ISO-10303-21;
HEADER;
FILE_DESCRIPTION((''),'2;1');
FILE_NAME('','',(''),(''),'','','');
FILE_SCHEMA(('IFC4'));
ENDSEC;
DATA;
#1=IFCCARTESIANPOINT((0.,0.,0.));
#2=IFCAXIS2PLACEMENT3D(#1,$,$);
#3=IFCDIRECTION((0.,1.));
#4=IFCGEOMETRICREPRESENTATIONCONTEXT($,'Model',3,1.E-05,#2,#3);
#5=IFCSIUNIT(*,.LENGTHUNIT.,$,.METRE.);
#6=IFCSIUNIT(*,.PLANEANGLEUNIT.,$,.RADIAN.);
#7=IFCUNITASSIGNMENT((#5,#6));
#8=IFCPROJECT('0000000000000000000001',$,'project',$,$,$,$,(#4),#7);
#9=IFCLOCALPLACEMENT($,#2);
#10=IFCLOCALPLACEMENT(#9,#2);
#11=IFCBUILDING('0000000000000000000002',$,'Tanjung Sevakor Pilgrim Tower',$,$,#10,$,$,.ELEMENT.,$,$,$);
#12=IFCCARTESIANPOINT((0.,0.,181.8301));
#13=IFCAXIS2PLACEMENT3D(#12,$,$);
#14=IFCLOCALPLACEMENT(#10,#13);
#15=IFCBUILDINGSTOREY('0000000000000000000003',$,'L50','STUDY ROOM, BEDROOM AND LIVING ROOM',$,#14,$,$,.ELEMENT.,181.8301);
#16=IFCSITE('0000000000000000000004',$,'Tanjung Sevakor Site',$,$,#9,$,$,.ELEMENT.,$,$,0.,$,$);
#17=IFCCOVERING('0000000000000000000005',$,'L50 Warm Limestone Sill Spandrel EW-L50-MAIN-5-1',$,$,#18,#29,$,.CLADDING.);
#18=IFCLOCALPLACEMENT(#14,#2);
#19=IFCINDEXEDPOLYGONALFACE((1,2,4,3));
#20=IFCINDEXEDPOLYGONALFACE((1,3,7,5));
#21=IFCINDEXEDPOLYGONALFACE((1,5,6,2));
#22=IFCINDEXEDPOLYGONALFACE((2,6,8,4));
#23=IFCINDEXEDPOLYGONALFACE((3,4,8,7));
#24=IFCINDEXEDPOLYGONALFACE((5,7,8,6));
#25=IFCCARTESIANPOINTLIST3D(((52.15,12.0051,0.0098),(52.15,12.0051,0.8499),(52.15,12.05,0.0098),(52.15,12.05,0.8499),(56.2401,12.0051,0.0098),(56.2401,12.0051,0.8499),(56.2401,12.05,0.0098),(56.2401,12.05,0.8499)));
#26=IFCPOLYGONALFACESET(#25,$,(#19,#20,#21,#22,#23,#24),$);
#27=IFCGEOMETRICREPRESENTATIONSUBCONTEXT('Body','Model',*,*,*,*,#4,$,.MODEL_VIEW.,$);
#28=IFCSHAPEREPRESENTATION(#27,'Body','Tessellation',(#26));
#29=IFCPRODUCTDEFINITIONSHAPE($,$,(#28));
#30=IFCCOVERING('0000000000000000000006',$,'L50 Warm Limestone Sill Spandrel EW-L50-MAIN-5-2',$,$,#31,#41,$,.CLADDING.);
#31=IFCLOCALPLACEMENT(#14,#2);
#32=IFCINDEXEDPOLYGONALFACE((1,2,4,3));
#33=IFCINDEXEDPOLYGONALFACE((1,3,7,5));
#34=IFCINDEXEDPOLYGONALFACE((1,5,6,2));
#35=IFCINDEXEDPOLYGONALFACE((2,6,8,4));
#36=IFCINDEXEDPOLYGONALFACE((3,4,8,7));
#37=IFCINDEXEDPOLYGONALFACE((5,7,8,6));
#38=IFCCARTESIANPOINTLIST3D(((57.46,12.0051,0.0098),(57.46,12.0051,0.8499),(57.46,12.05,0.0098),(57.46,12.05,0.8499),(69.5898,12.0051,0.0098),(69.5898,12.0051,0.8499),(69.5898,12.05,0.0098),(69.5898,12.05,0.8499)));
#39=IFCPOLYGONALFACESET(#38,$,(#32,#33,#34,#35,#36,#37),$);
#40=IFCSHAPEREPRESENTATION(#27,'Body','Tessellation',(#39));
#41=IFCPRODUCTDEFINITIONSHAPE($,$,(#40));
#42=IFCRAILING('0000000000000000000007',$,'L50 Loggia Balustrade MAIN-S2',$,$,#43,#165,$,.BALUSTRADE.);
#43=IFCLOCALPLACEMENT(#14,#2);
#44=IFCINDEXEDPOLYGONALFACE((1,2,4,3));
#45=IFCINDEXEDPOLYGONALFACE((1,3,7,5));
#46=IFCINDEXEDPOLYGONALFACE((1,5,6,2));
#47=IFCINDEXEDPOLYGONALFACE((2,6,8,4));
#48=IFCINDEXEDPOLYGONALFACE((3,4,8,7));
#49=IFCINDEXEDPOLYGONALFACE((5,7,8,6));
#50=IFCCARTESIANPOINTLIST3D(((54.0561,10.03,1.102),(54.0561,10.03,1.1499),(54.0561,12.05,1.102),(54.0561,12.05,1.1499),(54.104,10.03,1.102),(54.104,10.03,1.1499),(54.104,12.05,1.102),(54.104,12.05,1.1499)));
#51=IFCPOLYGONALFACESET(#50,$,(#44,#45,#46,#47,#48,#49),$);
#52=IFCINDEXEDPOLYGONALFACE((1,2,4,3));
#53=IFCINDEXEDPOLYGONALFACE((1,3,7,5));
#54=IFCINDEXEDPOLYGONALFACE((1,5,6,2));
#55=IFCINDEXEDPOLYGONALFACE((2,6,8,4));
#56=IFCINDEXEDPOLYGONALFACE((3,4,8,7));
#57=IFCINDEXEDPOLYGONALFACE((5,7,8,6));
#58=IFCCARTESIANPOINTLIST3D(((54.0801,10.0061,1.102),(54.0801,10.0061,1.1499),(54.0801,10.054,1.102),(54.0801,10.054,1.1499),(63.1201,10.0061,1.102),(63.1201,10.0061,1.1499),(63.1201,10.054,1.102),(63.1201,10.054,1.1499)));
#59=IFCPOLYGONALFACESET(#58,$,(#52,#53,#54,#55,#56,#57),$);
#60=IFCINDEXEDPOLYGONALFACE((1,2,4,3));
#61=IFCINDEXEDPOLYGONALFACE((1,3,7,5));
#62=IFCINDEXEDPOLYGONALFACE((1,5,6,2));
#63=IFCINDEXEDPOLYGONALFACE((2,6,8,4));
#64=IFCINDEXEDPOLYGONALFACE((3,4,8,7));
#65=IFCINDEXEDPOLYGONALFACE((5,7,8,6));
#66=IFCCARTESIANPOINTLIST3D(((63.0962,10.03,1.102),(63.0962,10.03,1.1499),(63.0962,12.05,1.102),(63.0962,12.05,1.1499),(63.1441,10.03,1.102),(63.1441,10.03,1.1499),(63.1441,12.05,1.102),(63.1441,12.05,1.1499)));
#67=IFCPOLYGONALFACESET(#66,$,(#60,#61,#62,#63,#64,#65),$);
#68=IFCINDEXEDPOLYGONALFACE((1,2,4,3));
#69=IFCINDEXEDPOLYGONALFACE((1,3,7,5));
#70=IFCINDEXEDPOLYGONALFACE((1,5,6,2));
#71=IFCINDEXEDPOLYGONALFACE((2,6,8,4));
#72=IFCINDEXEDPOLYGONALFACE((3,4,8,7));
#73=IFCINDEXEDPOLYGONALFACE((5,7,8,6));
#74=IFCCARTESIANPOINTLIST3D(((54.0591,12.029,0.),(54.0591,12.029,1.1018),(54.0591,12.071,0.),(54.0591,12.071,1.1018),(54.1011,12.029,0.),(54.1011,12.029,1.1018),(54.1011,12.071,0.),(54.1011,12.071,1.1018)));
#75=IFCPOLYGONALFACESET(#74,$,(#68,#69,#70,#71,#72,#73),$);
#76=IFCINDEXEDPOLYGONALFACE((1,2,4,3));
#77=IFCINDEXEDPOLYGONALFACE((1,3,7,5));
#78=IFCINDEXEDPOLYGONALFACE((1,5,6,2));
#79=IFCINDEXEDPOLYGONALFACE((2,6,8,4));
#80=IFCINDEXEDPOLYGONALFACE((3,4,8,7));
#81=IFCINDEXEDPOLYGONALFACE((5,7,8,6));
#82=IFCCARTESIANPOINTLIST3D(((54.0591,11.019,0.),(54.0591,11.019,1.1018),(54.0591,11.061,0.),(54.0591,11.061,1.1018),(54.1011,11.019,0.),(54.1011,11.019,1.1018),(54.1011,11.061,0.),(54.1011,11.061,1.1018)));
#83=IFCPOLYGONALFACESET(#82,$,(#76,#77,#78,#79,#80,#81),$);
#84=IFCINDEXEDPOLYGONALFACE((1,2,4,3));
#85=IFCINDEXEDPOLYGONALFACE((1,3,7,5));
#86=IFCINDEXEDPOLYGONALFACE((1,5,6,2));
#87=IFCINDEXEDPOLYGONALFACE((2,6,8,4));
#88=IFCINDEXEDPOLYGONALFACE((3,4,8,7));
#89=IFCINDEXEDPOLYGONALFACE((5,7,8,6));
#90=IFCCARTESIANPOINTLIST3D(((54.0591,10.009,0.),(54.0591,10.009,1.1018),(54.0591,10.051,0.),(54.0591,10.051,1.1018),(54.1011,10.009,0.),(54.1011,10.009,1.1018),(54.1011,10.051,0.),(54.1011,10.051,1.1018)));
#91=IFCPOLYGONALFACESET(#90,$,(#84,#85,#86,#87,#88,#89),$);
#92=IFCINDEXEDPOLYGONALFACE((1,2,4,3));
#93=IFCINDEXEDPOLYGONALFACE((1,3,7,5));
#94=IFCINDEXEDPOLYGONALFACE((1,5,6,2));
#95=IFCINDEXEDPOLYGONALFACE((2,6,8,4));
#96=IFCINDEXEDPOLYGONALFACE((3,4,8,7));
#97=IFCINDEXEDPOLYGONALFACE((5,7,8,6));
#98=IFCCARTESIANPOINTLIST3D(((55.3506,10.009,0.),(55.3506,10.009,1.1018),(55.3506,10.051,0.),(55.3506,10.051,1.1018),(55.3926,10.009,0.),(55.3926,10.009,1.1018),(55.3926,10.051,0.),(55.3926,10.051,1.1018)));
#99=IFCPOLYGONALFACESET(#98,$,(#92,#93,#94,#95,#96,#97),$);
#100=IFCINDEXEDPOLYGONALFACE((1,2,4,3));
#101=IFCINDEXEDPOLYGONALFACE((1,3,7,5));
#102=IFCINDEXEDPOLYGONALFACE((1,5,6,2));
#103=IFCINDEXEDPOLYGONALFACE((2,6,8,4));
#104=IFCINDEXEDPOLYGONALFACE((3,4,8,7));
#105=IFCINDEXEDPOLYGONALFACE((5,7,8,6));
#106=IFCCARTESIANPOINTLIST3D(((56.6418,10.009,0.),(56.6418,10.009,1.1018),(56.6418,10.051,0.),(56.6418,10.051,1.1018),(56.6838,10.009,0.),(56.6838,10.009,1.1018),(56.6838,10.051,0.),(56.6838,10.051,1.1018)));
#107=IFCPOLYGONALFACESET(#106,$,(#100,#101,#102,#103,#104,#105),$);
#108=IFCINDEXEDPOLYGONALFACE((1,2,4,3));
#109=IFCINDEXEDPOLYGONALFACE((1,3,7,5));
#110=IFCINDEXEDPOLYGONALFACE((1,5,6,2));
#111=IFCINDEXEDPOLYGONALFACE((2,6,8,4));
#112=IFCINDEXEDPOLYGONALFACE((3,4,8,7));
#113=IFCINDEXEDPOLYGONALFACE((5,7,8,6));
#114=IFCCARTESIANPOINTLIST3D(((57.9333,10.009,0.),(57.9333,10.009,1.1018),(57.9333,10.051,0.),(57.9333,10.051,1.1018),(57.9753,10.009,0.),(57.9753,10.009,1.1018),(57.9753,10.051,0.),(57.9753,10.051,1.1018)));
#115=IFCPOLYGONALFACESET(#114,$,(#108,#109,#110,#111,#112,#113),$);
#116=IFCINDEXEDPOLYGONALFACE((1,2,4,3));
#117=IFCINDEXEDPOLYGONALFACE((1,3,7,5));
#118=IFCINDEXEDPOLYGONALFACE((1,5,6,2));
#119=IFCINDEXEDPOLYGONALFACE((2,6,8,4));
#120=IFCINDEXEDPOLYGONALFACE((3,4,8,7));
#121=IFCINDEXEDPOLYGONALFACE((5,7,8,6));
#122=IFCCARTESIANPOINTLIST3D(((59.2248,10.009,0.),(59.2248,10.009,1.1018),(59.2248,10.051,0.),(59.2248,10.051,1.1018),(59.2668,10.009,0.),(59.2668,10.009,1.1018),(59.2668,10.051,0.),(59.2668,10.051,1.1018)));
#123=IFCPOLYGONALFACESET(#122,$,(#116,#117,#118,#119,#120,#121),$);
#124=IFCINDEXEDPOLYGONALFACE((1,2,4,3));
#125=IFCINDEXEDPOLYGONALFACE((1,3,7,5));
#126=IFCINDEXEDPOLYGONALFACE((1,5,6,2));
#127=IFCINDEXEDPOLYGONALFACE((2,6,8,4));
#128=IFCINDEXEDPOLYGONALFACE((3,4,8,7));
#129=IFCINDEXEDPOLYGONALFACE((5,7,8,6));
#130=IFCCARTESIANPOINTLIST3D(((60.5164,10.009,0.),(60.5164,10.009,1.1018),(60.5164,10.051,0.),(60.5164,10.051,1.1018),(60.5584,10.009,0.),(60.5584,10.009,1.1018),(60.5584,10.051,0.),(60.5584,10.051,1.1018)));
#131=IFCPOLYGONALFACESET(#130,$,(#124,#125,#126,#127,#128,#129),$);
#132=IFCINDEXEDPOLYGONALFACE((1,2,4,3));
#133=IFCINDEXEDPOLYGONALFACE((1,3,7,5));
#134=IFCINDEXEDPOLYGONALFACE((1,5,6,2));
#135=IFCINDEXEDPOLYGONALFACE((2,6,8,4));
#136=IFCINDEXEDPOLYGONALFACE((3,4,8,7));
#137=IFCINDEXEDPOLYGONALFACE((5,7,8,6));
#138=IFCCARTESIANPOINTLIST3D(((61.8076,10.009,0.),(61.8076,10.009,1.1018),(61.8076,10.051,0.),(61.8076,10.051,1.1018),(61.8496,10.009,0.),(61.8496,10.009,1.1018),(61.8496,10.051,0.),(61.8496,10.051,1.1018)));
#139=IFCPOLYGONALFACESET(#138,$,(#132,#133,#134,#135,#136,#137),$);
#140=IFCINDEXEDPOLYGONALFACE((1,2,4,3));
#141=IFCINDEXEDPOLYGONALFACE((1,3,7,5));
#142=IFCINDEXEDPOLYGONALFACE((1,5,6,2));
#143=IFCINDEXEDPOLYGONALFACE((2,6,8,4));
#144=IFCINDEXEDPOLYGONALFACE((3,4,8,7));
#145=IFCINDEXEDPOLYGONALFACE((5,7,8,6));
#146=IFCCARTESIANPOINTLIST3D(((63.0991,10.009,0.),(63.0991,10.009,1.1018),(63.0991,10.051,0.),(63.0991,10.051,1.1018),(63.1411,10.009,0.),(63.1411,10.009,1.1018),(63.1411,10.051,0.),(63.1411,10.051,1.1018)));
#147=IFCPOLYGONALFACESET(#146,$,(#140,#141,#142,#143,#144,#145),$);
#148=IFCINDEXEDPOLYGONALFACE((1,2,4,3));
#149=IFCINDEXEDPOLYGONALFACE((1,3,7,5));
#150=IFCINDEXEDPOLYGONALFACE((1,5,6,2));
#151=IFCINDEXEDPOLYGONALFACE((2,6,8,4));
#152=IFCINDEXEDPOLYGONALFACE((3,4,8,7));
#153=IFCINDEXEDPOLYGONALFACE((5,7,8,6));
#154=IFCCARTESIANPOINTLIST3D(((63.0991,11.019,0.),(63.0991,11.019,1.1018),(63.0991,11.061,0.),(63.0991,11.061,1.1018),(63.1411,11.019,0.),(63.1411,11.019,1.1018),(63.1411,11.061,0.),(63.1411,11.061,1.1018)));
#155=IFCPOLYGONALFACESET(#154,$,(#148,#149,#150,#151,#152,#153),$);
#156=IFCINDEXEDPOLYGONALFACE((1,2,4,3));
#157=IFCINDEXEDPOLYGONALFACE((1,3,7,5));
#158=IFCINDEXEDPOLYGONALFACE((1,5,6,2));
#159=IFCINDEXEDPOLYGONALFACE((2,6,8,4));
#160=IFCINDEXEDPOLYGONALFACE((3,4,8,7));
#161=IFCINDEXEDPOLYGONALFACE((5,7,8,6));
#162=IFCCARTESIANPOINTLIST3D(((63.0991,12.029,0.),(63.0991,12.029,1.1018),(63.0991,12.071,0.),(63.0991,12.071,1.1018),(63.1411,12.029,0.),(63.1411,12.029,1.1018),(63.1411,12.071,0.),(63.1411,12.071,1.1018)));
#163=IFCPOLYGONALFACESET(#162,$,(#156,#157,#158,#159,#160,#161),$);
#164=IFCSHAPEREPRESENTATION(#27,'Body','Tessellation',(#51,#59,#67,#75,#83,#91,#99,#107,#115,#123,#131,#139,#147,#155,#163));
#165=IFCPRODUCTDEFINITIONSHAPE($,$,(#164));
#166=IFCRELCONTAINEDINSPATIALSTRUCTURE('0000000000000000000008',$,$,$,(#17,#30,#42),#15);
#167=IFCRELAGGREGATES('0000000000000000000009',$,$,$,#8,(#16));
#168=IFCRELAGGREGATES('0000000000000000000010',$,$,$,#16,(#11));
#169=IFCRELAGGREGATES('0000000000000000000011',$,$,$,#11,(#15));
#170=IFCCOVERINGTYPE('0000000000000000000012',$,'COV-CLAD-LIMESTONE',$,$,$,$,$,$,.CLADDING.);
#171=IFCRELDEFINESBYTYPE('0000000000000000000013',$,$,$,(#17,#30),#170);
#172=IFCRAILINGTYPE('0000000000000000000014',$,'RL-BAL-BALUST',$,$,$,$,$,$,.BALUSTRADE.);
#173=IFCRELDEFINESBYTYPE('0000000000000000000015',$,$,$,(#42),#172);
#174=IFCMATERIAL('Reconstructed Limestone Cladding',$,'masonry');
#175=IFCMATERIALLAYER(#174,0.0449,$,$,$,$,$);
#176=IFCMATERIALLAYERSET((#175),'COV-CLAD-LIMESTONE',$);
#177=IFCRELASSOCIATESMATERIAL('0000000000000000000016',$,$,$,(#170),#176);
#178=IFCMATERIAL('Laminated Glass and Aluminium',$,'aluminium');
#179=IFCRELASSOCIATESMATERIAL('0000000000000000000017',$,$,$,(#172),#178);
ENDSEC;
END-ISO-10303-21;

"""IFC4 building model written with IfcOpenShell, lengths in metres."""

from ifc_helpers import new_model, si_unit, direction, frame, origin, origin_2d, place, context, subcontext, project, spatial, rectangle, extrude, material, layer, layer_set, type_object, element, save


model = new_model("IFC4")

# Units and contexts
model_context = context("Model", 3, precision=1e-05, world=origin(), true_north=direction((0.0, 1.0)))
body_context = subcontext(model_context, "Body", "Model", "MODEL_VIEW")
ifc_project = project(units=[si_unit("LENGTHUNIT", "METRE"), si_unit("PLANEANGLEUNIT", "RADIAN")], contexts=[model_context])

# Site, building, storey
site_placement = place(None, origin())
site = spatial("IfcSite", under=ifc_project, at=site_placement, Name="Tanjung Sevakor Site", CompositionType="ELEMENT", RefElevation=0.0)
building_placement = place(site_placement, origin())
building = spatial("IfcBuilding", under=site, at=building_placement, Name="Tanjung Sevakor Pilgrim Tower", CompositionType="ELEMENT")
storey_placement = place(building_placement, frame((0.0, 0.0, 181.8301)))
storey = spatial("IfcBuildingStorey", under=building, at=storey_placement, Name="L50", Description="STUDY ROOM, BEDROOM AND LIVING ROOM", CompositionType="ELEMENT", Elevation=181.8301)

# Coverings
ifc_material_1 = material(Name="Reconstructed Limestone Cladding", Category="masonry")
ifc_layer_1 = layer(ifc_material_1, 0.0449)
ifc_layer_set_1 = layer_set([ifc_layer_1], Name="COV-CLAD-LIMESTONE")
covering_type = type_object("IfcCoveringType", Name="COV-CLAD-LIMESTONE", PredefinedType="CLADDING", material=ifc_layer_set_1)
covering_1_placement = place(storey_placement, frame((54.1951, 12.0276, 0.0098), z_axis=(0.0, 0.0, 1.0), x_axis=(1.0, 0.0, 0.0)))
element("IfcCovering", 1, at=covering_1_placement, inside=storey, type_object=covering_type, Name="L50 Warm Limestone Sill Spandrel EW-L50-MAIN-5-1", PredefinedType="CLADDING", context=body_context, shape_type="SweptSolid", body=[
    extrude(rectangle(XDim=4.0901, YDim=0.0449, at=origin_2d()), origin(), (0.0, 0.0, 1.0), 0.8401),
])
covering_2_placement = place(storey_placement, frame((63.5249, 12.0276, 0.0098), z_axis=(0.0, 0.0, 1.0), x_axis=(1.0, 0.0, 0.0)))
element("IfcCovering", 2, at=covering_2_placement, inside=storey, type_object=covering_type, Name="L50 Warm Limestone Sill Spandrel EW-L50-MAIN-5-2", PredefinedType="CLADDING", context=body_context, shape_type="SweptSolid", body=[
    extrude(rectangle(XDim=12.1299, YDim=0.0449, at=origin_2d()), origin(), (0.0, 0.0, 1.0), 0.8401),
])

# Railing
ifc_material_2 = material(Name="Laminated Glass and Aluminium", Category="aluminium")
railing_type = type_object("IfcRailingType", Name="RL-BAL-BALUST", PredefinedType="BALUSTRADE", material=ifc_material_2)
railing_1_placement = place(storey_placement, frame((54.0801, 12.05, 0.0)))
element("IfcRailing", 3, at=railing_1_placement, inside=storey, type_object=railing_type, Name="L50 Loggia Balustrade MAIN-S2", PredefinedType="BALUSTRADE", context=body_context, shape_type="SweptSolid", body=[
    extrude(rectangle(XDim=0.0479, YDim=0.0479), frame((0.0, 0.0, 1.126), z_axis=(0.0, -1.0, 0.0), x_axis=(1.0, 0.0, 0.0)), (0.0, 0.0, 1.0), 2.02),
    extrude(rectangle(XDim=0.0479, YDim=0.0479), frame((0.0, -2.02, 1.126), z_axis=(1.0, 0.0, 0.0), x_axis=(0.0, 1.0, 0.0)), (0.0, 0.0, 1.0), 9.04),
    extrude(rectangle(XDim=0.0479, YDim=0.0479), frame((9.04, -2.02, 1.126), z_axis=(0.0, 1.0, 0.0), x_axis=(-1.0, 0.0, 0.0)), (0.0, 0.0, 1.0), 2.02),
    extrude(rectangle(XDim=0.042, YDim=0.042), origin(), (0.0, 0.0, 1.0), 1.1018),
    extrude(rectangle(XDim=0.042, YDim=0.042), frame((0.0, -1.01, 0.0)), (0.0, 0.0, 1.0), 1.1018),
    extrude(rectangle(XDim=0.042, YDim=0.042), frame((0.0, -2.02, 0.0)), (0.0, 0.0, 1.0), 1.1018),
    extrude(rectangle(XDim=0.042, YDim=0.042), frame((1.2915, -2.02, 0.0)), (0.0, 0.0, 1.0), 1.1018),
    extrude(rectangle(XDim=0.042, YDim=0.042), frame((2.5828, -2.02, 0.0)), (0.0, 0.0, 1.0), 1.1018),
    extrude(rectangle(XDim=0.042, YDim=0.042), frame((3.8743, -2.02, 0.0)), (0.0, 0.0, 1.0), 1.1018),
    extrude(rectangle(XDim=0.042, YDim=0.042), frame((5.1658, -2.02, 0.0)), (0.0, 0.0, 1.0), 1.1018),
    extrude(rectangle(XDim=0.042, YDim=0.042), frame((6.4573, -2.02, 0.0)), (0.0, 0.0, 1.0), 1.1018),
    extrude(rectangle(XDim=0.042, YDim=0.042), frame((7.7485, -2.02, 0.0)), (0.0, 0.0, 1.0), 1.1018),
    extrude(rectangle(XDim=0.042, YDim=0.042), frame((9.04, -2.02, 0.0)), (0.0, 0.0, 1.0), 1.1018),
    extrude(rectangle(XDim=0.042, YDim=0.042), frame((9.04, -1.01, 0.0)), (0.0, 0.0, 1.0), 1.1018),
    extrude(rectangle(XDim=0.042, YDim=0.042), frame((9.04, 0.0, 0.0)), (0.0, 0.0, 1.0), 1.1018),
])

save(model, "model.ifc")
